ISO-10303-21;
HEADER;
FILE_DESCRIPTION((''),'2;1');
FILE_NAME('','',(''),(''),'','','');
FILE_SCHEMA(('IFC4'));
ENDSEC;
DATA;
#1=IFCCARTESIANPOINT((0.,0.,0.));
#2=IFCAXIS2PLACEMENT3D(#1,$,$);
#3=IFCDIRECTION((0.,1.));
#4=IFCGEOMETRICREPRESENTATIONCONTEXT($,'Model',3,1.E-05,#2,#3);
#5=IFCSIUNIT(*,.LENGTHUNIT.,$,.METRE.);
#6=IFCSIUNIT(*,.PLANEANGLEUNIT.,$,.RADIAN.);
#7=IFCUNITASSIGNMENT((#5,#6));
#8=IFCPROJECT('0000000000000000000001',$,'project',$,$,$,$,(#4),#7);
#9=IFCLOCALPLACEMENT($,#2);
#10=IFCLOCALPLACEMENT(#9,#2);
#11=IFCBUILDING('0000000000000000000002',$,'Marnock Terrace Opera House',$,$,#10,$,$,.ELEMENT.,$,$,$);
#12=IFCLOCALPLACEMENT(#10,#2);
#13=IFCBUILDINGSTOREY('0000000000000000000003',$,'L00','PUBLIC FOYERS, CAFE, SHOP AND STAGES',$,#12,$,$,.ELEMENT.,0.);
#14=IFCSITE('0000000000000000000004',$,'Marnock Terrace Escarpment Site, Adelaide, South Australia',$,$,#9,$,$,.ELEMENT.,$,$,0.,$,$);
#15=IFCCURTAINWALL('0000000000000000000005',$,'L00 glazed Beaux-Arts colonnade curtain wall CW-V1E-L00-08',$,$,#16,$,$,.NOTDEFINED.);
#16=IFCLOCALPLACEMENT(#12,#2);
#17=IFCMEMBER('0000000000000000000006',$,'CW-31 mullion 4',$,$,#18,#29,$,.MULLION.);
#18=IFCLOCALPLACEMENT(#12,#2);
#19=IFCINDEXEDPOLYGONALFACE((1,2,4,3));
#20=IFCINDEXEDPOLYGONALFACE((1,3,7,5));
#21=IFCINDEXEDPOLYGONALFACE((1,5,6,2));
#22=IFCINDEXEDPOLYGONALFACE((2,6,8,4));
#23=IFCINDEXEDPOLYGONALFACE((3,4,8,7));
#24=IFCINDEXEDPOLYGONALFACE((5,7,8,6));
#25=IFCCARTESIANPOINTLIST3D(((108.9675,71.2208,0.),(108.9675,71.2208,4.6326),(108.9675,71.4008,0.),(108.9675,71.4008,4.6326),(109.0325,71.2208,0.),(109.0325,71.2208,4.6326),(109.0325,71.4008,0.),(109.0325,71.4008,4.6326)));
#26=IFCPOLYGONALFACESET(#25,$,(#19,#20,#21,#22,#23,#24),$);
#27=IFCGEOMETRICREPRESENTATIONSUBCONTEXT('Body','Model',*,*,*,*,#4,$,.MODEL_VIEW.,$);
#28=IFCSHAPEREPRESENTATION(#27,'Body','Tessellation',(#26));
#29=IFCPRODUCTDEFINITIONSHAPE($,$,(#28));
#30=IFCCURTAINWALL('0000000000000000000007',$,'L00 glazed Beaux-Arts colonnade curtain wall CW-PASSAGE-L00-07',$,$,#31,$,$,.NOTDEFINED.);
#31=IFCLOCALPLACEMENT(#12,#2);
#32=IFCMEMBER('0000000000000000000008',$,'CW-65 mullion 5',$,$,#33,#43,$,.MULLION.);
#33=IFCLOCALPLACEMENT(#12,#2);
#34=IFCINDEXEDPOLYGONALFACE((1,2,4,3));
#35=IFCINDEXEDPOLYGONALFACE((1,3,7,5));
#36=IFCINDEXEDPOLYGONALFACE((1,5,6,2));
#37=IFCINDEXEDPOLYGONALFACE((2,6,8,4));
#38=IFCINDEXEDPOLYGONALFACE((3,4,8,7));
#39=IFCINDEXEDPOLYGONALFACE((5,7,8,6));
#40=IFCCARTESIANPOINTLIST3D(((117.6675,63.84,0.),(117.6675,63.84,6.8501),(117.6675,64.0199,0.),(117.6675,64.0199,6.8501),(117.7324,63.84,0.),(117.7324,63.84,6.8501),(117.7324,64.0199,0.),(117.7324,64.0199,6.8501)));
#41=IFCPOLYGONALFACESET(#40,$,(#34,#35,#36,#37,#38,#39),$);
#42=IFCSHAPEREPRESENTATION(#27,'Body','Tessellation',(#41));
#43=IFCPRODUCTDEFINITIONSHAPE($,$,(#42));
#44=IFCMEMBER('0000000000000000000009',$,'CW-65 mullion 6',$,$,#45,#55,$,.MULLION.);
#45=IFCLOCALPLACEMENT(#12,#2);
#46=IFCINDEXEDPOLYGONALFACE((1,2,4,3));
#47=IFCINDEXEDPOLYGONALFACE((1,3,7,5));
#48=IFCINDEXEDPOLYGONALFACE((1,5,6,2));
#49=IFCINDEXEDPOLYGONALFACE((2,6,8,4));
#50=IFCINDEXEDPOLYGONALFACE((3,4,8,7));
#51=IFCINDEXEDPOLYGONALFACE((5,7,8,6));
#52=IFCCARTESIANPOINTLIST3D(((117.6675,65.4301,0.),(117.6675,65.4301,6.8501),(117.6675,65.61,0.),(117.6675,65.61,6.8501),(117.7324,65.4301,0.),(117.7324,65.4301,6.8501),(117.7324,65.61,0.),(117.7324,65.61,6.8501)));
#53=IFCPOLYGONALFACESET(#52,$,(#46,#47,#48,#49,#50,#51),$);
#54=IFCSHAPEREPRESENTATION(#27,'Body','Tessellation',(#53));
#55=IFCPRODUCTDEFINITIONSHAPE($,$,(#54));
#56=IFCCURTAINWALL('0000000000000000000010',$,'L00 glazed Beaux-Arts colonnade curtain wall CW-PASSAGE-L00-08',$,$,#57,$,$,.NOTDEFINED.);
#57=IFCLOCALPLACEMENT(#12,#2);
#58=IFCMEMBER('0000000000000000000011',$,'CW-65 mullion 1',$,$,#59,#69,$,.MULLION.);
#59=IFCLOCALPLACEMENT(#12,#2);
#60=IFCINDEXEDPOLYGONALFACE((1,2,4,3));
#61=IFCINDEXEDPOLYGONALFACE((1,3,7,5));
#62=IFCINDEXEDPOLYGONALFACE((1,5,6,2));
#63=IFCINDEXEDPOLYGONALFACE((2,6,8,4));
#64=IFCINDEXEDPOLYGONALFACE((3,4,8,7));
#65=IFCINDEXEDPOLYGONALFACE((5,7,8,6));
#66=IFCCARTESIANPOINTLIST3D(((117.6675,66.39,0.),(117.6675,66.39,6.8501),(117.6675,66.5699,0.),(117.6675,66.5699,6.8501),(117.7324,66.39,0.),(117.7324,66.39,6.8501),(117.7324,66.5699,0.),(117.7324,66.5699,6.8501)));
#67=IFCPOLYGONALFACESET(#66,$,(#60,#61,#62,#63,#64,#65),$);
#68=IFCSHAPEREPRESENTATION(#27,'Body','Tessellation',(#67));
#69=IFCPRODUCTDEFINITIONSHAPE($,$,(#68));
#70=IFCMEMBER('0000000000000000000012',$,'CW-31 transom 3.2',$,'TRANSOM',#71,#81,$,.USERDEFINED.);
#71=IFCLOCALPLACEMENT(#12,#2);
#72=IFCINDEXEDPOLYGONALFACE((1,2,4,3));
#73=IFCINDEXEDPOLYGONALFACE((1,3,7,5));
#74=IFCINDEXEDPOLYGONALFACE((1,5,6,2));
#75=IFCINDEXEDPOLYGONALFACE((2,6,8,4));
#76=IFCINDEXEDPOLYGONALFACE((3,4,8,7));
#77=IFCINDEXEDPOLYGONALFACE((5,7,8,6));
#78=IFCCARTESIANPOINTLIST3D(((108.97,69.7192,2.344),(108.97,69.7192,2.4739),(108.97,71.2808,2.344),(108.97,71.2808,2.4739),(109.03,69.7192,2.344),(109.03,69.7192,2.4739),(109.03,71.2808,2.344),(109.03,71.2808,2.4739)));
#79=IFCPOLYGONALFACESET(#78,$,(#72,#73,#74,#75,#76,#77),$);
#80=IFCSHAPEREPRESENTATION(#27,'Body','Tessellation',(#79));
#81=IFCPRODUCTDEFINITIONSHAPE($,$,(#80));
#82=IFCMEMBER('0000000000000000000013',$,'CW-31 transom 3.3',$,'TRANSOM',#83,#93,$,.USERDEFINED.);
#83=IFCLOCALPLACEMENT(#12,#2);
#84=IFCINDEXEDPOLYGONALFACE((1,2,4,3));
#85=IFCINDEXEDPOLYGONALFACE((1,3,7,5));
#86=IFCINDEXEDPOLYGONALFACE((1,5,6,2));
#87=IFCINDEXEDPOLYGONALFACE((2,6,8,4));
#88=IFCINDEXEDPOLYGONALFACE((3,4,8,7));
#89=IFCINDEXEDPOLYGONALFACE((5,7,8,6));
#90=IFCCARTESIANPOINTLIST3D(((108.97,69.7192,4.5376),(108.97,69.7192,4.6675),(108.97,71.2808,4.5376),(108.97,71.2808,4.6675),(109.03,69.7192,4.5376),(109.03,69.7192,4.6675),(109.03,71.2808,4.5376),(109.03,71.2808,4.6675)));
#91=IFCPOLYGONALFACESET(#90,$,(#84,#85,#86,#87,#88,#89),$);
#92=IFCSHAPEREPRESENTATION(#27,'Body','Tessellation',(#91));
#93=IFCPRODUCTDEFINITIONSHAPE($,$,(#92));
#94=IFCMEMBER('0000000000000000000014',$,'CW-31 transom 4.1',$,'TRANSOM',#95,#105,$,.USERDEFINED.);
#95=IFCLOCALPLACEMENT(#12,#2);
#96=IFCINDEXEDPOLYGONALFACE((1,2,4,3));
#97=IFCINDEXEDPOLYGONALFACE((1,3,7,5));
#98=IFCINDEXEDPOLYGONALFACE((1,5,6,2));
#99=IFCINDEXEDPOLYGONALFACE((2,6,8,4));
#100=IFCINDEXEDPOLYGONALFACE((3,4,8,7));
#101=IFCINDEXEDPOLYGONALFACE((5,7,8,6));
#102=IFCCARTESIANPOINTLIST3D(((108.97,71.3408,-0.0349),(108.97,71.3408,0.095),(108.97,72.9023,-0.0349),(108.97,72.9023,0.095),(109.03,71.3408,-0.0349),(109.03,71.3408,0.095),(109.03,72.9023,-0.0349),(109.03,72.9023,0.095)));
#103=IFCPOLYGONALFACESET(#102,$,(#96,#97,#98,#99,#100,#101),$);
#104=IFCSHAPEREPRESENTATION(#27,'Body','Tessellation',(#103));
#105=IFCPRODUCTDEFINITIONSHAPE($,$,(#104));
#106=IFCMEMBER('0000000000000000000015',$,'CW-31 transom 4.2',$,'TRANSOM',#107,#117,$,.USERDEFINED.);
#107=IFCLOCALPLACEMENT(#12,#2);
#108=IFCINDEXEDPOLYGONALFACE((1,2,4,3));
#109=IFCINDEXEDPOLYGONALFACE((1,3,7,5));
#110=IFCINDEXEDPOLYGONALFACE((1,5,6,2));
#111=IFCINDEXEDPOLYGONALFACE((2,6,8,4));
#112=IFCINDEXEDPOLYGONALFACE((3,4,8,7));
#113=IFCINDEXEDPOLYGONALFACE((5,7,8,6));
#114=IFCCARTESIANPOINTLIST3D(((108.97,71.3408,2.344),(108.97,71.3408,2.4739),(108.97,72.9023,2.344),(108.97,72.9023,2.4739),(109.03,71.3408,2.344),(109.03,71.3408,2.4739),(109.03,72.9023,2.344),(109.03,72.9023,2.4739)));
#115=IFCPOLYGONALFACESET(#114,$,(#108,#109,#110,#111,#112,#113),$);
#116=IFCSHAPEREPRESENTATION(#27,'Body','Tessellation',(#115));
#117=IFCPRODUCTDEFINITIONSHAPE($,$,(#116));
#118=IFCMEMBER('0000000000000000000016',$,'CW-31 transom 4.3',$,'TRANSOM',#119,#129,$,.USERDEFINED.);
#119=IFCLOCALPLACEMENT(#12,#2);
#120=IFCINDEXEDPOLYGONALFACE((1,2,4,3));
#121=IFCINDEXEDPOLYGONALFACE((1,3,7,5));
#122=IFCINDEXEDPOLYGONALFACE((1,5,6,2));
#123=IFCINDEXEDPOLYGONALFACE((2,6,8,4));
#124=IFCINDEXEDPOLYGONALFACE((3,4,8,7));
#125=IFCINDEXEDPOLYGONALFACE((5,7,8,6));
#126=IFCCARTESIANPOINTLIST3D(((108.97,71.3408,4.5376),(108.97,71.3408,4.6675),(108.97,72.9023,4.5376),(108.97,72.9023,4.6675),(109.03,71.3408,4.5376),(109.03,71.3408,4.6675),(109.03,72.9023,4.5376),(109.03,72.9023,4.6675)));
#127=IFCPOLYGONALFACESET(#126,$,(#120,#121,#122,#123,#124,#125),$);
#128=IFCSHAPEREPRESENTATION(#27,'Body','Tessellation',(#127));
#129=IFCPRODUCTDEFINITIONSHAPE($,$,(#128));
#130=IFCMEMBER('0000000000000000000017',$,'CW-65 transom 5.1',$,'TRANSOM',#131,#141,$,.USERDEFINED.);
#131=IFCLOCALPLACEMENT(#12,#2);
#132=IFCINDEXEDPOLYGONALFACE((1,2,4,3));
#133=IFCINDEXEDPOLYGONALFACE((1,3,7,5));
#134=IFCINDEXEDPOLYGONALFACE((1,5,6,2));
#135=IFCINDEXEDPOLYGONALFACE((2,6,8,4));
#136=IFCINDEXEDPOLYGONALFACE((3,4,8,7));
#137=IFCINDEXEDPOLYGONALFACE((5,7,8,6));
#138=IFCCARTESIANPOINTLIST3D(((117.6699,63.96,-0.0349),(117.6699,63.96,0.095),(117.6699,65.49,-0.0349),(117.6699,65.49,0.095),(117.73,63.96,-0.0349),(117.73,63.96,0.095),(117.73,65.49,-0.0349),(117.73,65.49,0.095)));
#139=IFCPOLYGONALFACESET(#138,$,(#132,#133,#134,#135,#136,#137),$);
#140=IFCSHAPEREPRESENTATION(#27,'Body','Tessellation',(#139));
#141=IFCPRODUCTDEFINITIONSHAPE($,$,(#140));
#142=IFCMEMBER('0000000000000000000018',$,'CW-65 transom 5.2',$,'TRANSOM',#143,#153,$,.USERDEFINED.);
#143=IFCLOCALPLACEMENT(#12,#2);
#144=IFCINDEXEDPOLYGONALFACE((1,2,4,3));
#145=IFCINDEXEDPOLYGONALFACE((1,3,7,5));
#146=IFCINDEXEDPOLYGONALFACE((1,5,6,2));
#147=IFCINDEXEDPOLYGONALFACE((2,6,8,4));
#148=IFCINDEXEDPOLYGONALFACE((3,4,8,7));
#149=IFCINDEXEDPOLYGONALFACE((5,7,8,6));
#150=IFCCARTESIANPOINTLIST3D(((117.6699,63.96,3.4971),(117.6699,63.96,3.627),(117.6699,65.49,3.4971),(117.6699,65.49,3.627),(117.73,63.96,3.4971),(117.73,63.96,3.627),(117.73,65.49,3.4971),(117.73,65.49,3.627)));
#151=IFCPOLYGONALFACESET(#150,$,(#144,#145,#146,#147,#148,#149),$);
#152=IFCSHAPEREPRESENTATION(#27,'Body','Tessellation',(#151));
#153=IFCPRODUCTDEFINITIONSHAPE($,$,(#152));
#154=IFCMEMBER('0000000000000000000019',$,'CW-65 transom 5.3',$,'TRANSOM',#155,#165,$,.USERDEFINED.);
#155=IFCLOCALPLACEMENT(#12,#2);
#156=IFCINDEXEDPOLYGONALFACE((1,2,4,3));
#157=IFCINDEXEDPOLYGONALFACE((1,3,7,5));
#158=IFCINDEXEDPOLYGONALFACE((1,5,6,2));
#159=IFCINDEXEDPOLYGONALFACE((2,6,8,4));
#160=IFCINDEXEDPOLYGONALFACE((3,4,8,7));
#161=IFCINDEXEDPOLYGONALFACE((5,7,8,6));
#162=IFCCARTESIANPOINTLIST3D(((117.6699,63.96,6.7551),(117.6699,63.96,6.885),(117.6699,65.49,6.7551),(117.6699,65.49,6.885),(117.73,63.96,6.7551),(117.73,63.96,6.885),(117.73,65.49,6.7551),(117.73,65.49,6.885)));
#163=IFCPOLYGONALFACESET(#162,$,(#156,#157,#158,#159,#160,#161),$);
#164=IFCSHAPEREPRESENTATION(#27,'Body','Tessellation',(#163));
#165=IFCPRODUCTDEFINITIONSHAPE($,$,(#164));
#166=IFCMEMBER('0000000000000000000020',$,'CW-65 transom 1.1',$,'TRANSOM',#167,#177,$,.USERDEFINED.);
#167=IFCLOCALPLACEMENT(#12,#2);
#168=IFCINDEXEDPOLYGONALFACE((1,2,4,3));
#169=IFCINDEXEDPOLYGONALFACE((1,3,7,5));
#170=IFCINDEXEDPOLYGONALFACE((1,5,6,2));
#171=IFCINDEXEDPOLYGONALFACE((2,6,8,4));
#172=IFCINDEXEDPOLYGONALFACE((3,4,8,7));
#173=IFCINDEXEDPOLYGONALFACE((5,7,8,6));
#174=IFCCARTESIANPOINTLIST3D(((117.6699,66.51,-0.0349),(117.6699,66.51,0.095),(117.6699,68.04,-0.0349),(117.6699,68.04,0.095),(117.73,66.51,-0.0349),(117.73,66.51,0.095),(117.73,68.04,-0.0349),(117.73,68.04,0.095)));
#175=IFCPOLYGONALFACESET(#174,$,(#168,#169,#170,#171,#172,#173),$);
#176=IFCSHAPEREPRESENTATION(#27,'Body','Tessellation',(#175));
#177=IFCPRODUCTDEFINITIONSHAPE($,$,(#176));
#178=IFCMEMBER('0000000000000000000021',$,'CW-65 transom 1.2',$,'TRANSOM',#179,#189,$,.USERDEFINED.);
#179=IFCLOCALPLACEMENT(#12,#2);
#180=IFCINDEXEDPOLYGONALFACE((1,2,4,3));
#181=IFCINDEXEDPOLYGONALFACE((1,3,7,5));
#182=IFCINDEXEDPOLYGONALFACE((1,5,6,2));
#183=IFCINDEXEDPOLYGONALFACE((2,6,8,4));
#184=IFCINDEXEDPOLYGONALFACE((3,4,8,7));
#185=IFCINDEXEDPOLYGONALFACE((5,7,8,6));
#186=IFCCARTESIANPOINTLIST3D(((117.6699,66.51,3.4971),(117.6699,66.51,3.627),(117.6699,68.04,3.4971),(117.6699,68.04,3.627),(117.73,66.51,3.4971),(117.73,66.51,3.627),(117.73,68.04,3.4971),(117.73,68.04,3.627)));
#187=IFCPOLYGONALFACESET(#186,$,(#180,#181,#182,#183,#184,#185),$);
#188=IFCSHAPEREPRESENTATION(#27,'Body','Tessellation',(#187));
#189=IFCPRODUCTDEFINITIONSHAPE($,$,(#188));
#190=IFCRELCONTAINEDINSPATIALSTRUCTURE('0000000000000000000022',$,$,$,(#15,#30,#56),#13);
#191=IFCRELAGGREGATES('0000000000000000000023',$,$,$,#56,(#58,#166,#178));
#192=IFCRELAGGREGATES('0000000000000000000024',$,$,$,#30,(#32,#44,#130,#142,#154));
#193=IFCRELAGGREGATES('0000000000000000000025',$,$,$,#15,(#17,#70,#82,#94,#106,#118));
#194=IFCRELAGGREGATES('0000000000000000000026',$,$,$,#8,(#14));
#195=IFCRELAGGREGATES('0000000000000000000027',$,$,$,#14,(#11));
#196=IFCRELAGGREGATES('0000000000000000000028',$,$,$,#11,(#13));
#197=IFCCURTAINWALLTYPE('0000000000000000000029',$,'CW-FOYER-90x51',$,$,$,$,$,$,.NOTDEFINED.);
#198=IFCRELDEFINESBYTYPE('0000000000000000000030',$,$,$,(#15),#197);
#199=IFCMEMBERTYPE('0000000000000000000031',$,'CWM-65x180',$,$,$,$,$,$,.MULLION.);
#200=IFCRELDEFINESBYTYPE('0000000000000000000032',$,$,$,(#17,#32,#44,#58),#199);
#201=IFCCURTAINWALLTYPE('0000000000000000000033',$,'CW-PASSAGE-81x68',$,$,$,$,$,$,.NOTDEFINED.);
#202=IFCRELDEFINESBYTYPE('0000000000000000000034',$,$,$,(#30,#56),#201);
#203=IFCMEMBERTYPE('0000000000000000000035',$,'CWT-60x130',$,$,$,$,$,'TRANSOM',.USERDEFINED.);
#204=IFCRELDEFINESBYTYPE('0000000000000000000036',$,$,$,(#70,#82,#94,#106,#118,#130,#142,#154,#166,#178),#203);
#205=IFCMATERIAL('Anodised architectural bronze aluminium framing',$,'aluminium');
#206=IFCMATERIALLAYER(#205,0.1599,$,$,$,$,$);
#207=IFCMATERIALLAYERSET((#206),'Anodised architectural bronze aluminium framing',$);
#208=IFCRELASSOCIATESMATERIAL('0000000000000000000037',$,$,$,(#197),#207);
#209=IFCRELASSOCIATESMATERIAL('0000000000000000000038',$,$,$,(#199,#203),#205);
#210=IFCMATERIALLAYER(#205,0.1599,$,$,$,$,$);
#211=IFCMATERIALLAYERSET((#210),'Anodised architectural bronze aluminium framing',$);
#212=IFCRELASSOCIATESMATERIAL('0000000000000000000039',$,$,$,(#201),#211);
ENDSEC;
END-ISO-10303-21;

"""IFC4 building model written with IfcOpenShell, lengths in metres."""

from ifc_helpers import new_model, si_unit, direction, frame, origin, origin_2d, place, context, subcontext, project, spatial, rectangle, extrude, material, layer, layer_set, material_profile, profile_set, type_object, element, aggregate, save


model = new_model("IFC4")

# Units and contexts
model_context = context("Model", 3, precision=1e-05, world=origin(), true_north=direction((0.0, 1.0)))
body_context = subcontext(model_context, "Body", "Model", "MODEL_VIEW")
ifc_project = project(units=[si_unit("LENGTHUNIT", "METRE"), si_unit("PLANEANGLEUNIT", "RADIAN")], contexts=[model_context])

# Site, building, storey
site_placement = place(None, origin())
site = spatial("IfcSite", under=ifc_project, at=site_placement, Name="Marnock Terrace Escarpment Site, Adelaide, South Australia", CompositionType="ELEMENT", RefElevation=0.0)
building_placement = place(site_placement, origin())
building = spatial("IfcBuilding", under=site, at=building_placement, Name="Marnock Terrace Opera House", CompositionType="ELEMENT")
storey_placement = place(building_placement, origin())
storey = spatial("IfcBuildingStorey", under=building, at=storey_placement, Name="L00", Description="PUBLIC FOYERS, CAFE, SHOP AND STAGES", CompositionType="ELEMENT", Elevation=0.0)

# Curtain wall, member
ifc_material_1 = material(Name="Anodised architectural bronze aluminium framing", Category="aluminium")
ifc_layer_1 = layer(ifc_material_1, 0.1599)
ifc_layer_set_1 = layer_set([ifc_layer_1], Name="Anodised architectural bronze aluminium framing")
curtain_wall_type_1 = type_object("IfcCurtainWallType", Name="CW-FOYER-90x51", PredefinedType="NOTDEFINED", material=ifc_layer_set_1)
curtain_wall_1_placement = place(storey_placement, origin())
curtain_wall_1 = element("IfcCurtainWall", 1, at=curtain_wall_1_placement, inside=storey, type_object=curtain_wall_type_1, Name="L00 glazed Beaux-Arts colonnade curtain wall CW-V1E-L00-08", PredefinedType="NOTDEFINED")
ifc_material_profile_1 = material_profile(ifc_material_1, rectangle(XDim=0.0649, YDim=0.1799, at=origin_2d()))
ifc_profile_set_1 = profile_set([ifc_material_profile_1], Name="Anodised architectural bronze aluminium framing")
member_type_1 = type_object("IfcMemberType", Name="CWM-65x180", PredefinedType="MULLION", material=ifc_profile_set_1)
member_1_placement = place(storey_placement, frame((109.0, 71.3108, 0.0), z_axis=(0.0, 0.0, 1.0), x_axis=(-1.0, 0.0, 0.0)))
member_1 = element("IfcMember", 2, at=member_1_placement, type_object=member_type_1, Name="CW-31 mullion 4", PredefinedType="MULLION", context=body_context, shape_type="SweptSolid", body=[
    extrude(rectangle(XDim=0.0649, YDim=0.1799, at=origin_2d()), origin(), (0.0, 0.0, 1.0), 4.6326),
])

# Curtain wall, members
ifc_layer_2 = layer(ifc_material_1, 0.1599)
ifc_layer_set_2 = layer_set([ifc_layer_2], Name="Anodised architectural bronze aluminium framing")
curtain_wall_type_2 = type_object("IfcCurtainWallType", Name="CW-PASSAGE-81x68", PredefinedType="NOTDEFINED", material=ifc_layer_set_2)
curtain_wall_2_placement = place(storey_placement, origin())
curtain_wall_2 = element("IfcCurtainWall", 3, at=curtain_wall_2_placement, inside=storey, type_object=curtain_wall_type_2, Name="L00 glazed Beaux-Arts colonnade curtain wall CW-PASSAGE-L00-07", PredefinedType="NOTDEFINED")
member_2_placement = place(storey_placement, frame((117.7, 63.9299, 0.0), z_axis=(0.0, 0.0, 1.0), x_axis=(-1.0, 0.0, 0.0)))
member_2 = element("IfcMember", 4, at=member_2_placement, type_object=member_type_1, Name="CW-65 mullion 5", PredefinedType="MULLION", context=body_context, shape_type="SweptSolid", body=[
    extrude(rectangle(XDim=0.0649, YDim=0.1799, at=origin_2d()), origin(), (0.0, 0.0, 1.0), 6.8501),
])
member_3_placement = place(storey_placement, frame((117.7, 65.52, 0.0), z_axis=(0.0, 0.0, 1.0), x_axis=(-1.0, 0.0, 0.0)))
member_3 = element("IfcMember", 5, at=member_3_placement, type_object=member_type_1, Name="CW-65 mullion 6", PredefinedType="MULLION", context=body_context, shape_type="SweptSolid", body=[
    extrude(rectangle(XDim=0.0649, YDim=0.1799, at=origin_2d()), origin(), (0.0, 0.0, 1.0), 6.8501),
])

# Curtain wall, member
curtain_wall_3_placement = place(storey_placement, origin())
curtain_wall_3 = element("IfcCurtainWall", 6, at=curtain_wall_3_placement, inside=storey, type_object=curtain_wall_type_2, Name="L00 glazed Beaux-Arts colonnade curtain wall CW-PASSAGE-L00-08", PredefinedType="NOTDEFINED")
member_4_placement = place(storey_placement, frame((117.7, 66.48, 0.0), z_axis=(0.0, 0.0, 1.0), x_axis=(-1.0, 0.0, 0.0)))
member_4 = element("IfcMember", 7, at=member_4_placement, type_object=member_type_1, Name="CW-65 mullion 1", PredefinedType="MULLION", context=body_context, shape_type="SweptSolid", body=[
    extrude(rectangle(XDim=0.0649, YDim=0.1799, at=origin_2d()), origin(), (0.0, 0.0, 1.0), 6.8501),
])

# Members
ifc_material_profile_2 = material_profile(ifc_material_1, rectangle(XDim=0.0601, YDim=0.1299, at=origin_2d()))
ifc_profile_set_2 = profile_set([ifc_material_profile_2], Name="Anodised architectural bronze aluminium framing")
member_type_2 = type_object("IfcMemberType", Name="CWT-60x130", ElementType="TRANSOM", PredefinedType="USERDEFINED", material=ifc_profile_set_2)
member_5_placement = place(storey_placement, frame((109.0, 69.7192, 2.4089), z_axis=(0.0, 1.0, 0.0), x_axis=(-1.0, 0.0, 0.0)))
member_5 = element("IfcMember", 8, at=member_5_placement, type_object=member_type_2, Name="CW-31 transom 3.2", ObjectType="TRANSOM", PredefinedType="USERDEFINED", context=body_context, shape_type="SweptSolid", body=[
    extrude(rectangle(XDim=0.0601, YDim=0.1299, at=origin_2d()), origin(), (0.0, 0.0, 1.0), 1.5615),
])
member_6_placement = place(storey_placement, frame((109.0, 69.7192, 4.6025), z_axis=(0.0, 1.0, 0.0), x_axis=(-1.0, 0.0, 0.0)))
member_6 = element("IfcMember", 9, at=member_6_placement, type_object=member_type_2, Name="CW-31 transom 3.3", ObjectType="TRANSOM", PredefinedType="USERDEFINED", context=body_context, shape_type="SweptSolid", body=[
    extrude(rectangle(XDim=0.0601, YDim=0.1299, at=origin_2d()), origin(), (0.0, 0.0, 1.0), 1.5615),
])
member_7_placement = place(storey_placement, frame((109.0, 71.3408, 0.03), z_axis=(0.0, 1.0, 0.0), x_axis=(-1.0, 0.0, 0.0)))
member_7 = element("IfcMember", 10, at=member_7_placement, type_object=member_type_2, Name="CW-31 transom 4.1", ObjectType="TRANSOM", PredefinedType="USERDEFINED", context=body_context, shape_type="SweptSolid", body=[
    extrude(rectangle(XDim=0.0601, YDim=0.1299, at=origin_2d()), origin(), (0.0, 0.0, 1.0), 1.5615),
])
member_8_placement = place(storey_placement, frame((109.0, 71.3408, 2.4089), z_axis=(0.0, 1.0, 0.0), x_axis=(-1.0, 0.0, 0.0)))
member_8 = element("IfcMember", 11, at=member_8_placement, type_object=member_type_2, Name="CW-31 transom 4.2", ObjectType="TRANSOM", PredefinedType="USERDEFINED", context=body_context, shape_type="SweptSolid", body=[
    extrude(rectangle(XDim=0.0601, YDim=0.1299, at=origin_2d()), origin(), (0.0, 0.0, 1.0), 1.5615),
])
member_9_placement = place(storey_placement, frame((109.0, 71.3408, 4.6025), z_axis=(0.0, 1.0, 0.0), x_axis=(-1.0, 0.0, 0.0)))
member_9 = element("IfcMember", 12, at=member_9_placement, type_object=member_type_2, Name="CW-31 transom 4.3", ObjectType="TRANSOM", PredefinedType="USERDEFINED", context=body_context, shape_type="SweptSolid", body=[
    extrude(rectangle(XDim=0.0601, YDim=0.1299, at=origin_2d()), origin(), (0.0, 0.0, 1.0), 1.5615),
])
member_10_placement = place(storey_placement, frame((117.7, 63.96, 0.03), z_axis=(0.0, 1.0, 0.0), x_axis=(-1.0, 0.0, 0.0)))
member_10 = element("IfcMember", 13, at=member_10_placement, type_object=member_type_2, Name="CW-65 transom 5.1", ObjectType="TRANSOM", PredefinedType="USERDEFINED", context=body_context, shape_type="SweptSolid", body=[
    extrude(rectangle(XDim=0.0601, YDim=0.1299, at=origin_2d()), origin(), (0.0, 0.0, 1.0), 1.53),
])
member_11_placement = place(storey_placement, frame((117.7, 63.96, 3.562), z_axis=(0.0, 1.0, 0.0), x_axis=(-1.0, 0.0, 0.0)))
member_11 = element("IfcMember", 14, at=member_11_placement, type_object=member_type_2, Name="CW-65 transom 5.2", ObjectType="TRANSOM", PredefinedType="USERDEFINED", context=body_context, shape_type="SweptSolid", body=[
    extrude(rectangle(XDim=0.0601, YDim=0.1299, at=origin_2d()), origin(), (0.0, 0.0, 1.0), 1.53),
])
member_12_placement = place(storey_placement, frame((117.7, 63.96, 6.8201), z_axis=(0.0, 1.0, 0.0), x_axis=(-1.0, 0.0, 0.0)))
member_12 = element("IfcMember", 15, at=member_12_placement, type_object=member_type_2, Name="CW-65 transom 5.3", ObjectType="TRANSOM", PredefinedType="USERDEFINED", context=body_context, shape_type="SweptSolid", body=[
    extrude(rectangle(XDim=0.0601, YDim=0.1299, at=origin_2d()), origin(), (0.0, 0.0, 1.0), 1.53),
])
member_13_placement = place(storey_placement, frame((117.7, 66.51, 0.03), z_axis=(0.0, 1.0, 0.0), x_axis=(-1.0, 0.0, 0.0)))
member_13 = element("IfcMember", 16, at=member_13_placement, type_object=member_type_2, Name="CW-65 transom 1.1", ObjectType="TRANSOM", PredefinedType="USERDEFINED", context=body_context, shape_type="SweptSolid", body=[
    extrude(rectangle(XDim=0.0601, YDim=0.1299, at=origin_2d()), origin(), (0.0, 0.0, 1.0), 1.53),
])
member_14_placement = place(storey_placement, frame((117.7, 66.51, 3.562), z_axis=(0.0, 1.0, 0.0), x_axis=(-1.0, 0.0, 0.0)))
member_14 = element("IfcMember", 17, at=member_14_placement, type_object=member_type_2, Name="CW-65 transom 1.2", ObjectType="TRANSOM", PredefinedType="USERDEFINED", context=body_context, shape_type="SweptSolid", body=[
    extrude(rectangle(XDim=0.0601, YDim=0.1299, at=origin_2d()), origin(), (0.0, 0.0, 1.0), 1.53),
])
aggregate(curtain_wall_3, [member_4, member_13, member_14])

aggregate(curtain_wall_2, [member_2, member_3, member_10, member_11, member_12])
aggregate(curtain_wall_1, [member_1, member_5, member_6, member_7, member_8, member_9])

save(model, "model.ifc")
